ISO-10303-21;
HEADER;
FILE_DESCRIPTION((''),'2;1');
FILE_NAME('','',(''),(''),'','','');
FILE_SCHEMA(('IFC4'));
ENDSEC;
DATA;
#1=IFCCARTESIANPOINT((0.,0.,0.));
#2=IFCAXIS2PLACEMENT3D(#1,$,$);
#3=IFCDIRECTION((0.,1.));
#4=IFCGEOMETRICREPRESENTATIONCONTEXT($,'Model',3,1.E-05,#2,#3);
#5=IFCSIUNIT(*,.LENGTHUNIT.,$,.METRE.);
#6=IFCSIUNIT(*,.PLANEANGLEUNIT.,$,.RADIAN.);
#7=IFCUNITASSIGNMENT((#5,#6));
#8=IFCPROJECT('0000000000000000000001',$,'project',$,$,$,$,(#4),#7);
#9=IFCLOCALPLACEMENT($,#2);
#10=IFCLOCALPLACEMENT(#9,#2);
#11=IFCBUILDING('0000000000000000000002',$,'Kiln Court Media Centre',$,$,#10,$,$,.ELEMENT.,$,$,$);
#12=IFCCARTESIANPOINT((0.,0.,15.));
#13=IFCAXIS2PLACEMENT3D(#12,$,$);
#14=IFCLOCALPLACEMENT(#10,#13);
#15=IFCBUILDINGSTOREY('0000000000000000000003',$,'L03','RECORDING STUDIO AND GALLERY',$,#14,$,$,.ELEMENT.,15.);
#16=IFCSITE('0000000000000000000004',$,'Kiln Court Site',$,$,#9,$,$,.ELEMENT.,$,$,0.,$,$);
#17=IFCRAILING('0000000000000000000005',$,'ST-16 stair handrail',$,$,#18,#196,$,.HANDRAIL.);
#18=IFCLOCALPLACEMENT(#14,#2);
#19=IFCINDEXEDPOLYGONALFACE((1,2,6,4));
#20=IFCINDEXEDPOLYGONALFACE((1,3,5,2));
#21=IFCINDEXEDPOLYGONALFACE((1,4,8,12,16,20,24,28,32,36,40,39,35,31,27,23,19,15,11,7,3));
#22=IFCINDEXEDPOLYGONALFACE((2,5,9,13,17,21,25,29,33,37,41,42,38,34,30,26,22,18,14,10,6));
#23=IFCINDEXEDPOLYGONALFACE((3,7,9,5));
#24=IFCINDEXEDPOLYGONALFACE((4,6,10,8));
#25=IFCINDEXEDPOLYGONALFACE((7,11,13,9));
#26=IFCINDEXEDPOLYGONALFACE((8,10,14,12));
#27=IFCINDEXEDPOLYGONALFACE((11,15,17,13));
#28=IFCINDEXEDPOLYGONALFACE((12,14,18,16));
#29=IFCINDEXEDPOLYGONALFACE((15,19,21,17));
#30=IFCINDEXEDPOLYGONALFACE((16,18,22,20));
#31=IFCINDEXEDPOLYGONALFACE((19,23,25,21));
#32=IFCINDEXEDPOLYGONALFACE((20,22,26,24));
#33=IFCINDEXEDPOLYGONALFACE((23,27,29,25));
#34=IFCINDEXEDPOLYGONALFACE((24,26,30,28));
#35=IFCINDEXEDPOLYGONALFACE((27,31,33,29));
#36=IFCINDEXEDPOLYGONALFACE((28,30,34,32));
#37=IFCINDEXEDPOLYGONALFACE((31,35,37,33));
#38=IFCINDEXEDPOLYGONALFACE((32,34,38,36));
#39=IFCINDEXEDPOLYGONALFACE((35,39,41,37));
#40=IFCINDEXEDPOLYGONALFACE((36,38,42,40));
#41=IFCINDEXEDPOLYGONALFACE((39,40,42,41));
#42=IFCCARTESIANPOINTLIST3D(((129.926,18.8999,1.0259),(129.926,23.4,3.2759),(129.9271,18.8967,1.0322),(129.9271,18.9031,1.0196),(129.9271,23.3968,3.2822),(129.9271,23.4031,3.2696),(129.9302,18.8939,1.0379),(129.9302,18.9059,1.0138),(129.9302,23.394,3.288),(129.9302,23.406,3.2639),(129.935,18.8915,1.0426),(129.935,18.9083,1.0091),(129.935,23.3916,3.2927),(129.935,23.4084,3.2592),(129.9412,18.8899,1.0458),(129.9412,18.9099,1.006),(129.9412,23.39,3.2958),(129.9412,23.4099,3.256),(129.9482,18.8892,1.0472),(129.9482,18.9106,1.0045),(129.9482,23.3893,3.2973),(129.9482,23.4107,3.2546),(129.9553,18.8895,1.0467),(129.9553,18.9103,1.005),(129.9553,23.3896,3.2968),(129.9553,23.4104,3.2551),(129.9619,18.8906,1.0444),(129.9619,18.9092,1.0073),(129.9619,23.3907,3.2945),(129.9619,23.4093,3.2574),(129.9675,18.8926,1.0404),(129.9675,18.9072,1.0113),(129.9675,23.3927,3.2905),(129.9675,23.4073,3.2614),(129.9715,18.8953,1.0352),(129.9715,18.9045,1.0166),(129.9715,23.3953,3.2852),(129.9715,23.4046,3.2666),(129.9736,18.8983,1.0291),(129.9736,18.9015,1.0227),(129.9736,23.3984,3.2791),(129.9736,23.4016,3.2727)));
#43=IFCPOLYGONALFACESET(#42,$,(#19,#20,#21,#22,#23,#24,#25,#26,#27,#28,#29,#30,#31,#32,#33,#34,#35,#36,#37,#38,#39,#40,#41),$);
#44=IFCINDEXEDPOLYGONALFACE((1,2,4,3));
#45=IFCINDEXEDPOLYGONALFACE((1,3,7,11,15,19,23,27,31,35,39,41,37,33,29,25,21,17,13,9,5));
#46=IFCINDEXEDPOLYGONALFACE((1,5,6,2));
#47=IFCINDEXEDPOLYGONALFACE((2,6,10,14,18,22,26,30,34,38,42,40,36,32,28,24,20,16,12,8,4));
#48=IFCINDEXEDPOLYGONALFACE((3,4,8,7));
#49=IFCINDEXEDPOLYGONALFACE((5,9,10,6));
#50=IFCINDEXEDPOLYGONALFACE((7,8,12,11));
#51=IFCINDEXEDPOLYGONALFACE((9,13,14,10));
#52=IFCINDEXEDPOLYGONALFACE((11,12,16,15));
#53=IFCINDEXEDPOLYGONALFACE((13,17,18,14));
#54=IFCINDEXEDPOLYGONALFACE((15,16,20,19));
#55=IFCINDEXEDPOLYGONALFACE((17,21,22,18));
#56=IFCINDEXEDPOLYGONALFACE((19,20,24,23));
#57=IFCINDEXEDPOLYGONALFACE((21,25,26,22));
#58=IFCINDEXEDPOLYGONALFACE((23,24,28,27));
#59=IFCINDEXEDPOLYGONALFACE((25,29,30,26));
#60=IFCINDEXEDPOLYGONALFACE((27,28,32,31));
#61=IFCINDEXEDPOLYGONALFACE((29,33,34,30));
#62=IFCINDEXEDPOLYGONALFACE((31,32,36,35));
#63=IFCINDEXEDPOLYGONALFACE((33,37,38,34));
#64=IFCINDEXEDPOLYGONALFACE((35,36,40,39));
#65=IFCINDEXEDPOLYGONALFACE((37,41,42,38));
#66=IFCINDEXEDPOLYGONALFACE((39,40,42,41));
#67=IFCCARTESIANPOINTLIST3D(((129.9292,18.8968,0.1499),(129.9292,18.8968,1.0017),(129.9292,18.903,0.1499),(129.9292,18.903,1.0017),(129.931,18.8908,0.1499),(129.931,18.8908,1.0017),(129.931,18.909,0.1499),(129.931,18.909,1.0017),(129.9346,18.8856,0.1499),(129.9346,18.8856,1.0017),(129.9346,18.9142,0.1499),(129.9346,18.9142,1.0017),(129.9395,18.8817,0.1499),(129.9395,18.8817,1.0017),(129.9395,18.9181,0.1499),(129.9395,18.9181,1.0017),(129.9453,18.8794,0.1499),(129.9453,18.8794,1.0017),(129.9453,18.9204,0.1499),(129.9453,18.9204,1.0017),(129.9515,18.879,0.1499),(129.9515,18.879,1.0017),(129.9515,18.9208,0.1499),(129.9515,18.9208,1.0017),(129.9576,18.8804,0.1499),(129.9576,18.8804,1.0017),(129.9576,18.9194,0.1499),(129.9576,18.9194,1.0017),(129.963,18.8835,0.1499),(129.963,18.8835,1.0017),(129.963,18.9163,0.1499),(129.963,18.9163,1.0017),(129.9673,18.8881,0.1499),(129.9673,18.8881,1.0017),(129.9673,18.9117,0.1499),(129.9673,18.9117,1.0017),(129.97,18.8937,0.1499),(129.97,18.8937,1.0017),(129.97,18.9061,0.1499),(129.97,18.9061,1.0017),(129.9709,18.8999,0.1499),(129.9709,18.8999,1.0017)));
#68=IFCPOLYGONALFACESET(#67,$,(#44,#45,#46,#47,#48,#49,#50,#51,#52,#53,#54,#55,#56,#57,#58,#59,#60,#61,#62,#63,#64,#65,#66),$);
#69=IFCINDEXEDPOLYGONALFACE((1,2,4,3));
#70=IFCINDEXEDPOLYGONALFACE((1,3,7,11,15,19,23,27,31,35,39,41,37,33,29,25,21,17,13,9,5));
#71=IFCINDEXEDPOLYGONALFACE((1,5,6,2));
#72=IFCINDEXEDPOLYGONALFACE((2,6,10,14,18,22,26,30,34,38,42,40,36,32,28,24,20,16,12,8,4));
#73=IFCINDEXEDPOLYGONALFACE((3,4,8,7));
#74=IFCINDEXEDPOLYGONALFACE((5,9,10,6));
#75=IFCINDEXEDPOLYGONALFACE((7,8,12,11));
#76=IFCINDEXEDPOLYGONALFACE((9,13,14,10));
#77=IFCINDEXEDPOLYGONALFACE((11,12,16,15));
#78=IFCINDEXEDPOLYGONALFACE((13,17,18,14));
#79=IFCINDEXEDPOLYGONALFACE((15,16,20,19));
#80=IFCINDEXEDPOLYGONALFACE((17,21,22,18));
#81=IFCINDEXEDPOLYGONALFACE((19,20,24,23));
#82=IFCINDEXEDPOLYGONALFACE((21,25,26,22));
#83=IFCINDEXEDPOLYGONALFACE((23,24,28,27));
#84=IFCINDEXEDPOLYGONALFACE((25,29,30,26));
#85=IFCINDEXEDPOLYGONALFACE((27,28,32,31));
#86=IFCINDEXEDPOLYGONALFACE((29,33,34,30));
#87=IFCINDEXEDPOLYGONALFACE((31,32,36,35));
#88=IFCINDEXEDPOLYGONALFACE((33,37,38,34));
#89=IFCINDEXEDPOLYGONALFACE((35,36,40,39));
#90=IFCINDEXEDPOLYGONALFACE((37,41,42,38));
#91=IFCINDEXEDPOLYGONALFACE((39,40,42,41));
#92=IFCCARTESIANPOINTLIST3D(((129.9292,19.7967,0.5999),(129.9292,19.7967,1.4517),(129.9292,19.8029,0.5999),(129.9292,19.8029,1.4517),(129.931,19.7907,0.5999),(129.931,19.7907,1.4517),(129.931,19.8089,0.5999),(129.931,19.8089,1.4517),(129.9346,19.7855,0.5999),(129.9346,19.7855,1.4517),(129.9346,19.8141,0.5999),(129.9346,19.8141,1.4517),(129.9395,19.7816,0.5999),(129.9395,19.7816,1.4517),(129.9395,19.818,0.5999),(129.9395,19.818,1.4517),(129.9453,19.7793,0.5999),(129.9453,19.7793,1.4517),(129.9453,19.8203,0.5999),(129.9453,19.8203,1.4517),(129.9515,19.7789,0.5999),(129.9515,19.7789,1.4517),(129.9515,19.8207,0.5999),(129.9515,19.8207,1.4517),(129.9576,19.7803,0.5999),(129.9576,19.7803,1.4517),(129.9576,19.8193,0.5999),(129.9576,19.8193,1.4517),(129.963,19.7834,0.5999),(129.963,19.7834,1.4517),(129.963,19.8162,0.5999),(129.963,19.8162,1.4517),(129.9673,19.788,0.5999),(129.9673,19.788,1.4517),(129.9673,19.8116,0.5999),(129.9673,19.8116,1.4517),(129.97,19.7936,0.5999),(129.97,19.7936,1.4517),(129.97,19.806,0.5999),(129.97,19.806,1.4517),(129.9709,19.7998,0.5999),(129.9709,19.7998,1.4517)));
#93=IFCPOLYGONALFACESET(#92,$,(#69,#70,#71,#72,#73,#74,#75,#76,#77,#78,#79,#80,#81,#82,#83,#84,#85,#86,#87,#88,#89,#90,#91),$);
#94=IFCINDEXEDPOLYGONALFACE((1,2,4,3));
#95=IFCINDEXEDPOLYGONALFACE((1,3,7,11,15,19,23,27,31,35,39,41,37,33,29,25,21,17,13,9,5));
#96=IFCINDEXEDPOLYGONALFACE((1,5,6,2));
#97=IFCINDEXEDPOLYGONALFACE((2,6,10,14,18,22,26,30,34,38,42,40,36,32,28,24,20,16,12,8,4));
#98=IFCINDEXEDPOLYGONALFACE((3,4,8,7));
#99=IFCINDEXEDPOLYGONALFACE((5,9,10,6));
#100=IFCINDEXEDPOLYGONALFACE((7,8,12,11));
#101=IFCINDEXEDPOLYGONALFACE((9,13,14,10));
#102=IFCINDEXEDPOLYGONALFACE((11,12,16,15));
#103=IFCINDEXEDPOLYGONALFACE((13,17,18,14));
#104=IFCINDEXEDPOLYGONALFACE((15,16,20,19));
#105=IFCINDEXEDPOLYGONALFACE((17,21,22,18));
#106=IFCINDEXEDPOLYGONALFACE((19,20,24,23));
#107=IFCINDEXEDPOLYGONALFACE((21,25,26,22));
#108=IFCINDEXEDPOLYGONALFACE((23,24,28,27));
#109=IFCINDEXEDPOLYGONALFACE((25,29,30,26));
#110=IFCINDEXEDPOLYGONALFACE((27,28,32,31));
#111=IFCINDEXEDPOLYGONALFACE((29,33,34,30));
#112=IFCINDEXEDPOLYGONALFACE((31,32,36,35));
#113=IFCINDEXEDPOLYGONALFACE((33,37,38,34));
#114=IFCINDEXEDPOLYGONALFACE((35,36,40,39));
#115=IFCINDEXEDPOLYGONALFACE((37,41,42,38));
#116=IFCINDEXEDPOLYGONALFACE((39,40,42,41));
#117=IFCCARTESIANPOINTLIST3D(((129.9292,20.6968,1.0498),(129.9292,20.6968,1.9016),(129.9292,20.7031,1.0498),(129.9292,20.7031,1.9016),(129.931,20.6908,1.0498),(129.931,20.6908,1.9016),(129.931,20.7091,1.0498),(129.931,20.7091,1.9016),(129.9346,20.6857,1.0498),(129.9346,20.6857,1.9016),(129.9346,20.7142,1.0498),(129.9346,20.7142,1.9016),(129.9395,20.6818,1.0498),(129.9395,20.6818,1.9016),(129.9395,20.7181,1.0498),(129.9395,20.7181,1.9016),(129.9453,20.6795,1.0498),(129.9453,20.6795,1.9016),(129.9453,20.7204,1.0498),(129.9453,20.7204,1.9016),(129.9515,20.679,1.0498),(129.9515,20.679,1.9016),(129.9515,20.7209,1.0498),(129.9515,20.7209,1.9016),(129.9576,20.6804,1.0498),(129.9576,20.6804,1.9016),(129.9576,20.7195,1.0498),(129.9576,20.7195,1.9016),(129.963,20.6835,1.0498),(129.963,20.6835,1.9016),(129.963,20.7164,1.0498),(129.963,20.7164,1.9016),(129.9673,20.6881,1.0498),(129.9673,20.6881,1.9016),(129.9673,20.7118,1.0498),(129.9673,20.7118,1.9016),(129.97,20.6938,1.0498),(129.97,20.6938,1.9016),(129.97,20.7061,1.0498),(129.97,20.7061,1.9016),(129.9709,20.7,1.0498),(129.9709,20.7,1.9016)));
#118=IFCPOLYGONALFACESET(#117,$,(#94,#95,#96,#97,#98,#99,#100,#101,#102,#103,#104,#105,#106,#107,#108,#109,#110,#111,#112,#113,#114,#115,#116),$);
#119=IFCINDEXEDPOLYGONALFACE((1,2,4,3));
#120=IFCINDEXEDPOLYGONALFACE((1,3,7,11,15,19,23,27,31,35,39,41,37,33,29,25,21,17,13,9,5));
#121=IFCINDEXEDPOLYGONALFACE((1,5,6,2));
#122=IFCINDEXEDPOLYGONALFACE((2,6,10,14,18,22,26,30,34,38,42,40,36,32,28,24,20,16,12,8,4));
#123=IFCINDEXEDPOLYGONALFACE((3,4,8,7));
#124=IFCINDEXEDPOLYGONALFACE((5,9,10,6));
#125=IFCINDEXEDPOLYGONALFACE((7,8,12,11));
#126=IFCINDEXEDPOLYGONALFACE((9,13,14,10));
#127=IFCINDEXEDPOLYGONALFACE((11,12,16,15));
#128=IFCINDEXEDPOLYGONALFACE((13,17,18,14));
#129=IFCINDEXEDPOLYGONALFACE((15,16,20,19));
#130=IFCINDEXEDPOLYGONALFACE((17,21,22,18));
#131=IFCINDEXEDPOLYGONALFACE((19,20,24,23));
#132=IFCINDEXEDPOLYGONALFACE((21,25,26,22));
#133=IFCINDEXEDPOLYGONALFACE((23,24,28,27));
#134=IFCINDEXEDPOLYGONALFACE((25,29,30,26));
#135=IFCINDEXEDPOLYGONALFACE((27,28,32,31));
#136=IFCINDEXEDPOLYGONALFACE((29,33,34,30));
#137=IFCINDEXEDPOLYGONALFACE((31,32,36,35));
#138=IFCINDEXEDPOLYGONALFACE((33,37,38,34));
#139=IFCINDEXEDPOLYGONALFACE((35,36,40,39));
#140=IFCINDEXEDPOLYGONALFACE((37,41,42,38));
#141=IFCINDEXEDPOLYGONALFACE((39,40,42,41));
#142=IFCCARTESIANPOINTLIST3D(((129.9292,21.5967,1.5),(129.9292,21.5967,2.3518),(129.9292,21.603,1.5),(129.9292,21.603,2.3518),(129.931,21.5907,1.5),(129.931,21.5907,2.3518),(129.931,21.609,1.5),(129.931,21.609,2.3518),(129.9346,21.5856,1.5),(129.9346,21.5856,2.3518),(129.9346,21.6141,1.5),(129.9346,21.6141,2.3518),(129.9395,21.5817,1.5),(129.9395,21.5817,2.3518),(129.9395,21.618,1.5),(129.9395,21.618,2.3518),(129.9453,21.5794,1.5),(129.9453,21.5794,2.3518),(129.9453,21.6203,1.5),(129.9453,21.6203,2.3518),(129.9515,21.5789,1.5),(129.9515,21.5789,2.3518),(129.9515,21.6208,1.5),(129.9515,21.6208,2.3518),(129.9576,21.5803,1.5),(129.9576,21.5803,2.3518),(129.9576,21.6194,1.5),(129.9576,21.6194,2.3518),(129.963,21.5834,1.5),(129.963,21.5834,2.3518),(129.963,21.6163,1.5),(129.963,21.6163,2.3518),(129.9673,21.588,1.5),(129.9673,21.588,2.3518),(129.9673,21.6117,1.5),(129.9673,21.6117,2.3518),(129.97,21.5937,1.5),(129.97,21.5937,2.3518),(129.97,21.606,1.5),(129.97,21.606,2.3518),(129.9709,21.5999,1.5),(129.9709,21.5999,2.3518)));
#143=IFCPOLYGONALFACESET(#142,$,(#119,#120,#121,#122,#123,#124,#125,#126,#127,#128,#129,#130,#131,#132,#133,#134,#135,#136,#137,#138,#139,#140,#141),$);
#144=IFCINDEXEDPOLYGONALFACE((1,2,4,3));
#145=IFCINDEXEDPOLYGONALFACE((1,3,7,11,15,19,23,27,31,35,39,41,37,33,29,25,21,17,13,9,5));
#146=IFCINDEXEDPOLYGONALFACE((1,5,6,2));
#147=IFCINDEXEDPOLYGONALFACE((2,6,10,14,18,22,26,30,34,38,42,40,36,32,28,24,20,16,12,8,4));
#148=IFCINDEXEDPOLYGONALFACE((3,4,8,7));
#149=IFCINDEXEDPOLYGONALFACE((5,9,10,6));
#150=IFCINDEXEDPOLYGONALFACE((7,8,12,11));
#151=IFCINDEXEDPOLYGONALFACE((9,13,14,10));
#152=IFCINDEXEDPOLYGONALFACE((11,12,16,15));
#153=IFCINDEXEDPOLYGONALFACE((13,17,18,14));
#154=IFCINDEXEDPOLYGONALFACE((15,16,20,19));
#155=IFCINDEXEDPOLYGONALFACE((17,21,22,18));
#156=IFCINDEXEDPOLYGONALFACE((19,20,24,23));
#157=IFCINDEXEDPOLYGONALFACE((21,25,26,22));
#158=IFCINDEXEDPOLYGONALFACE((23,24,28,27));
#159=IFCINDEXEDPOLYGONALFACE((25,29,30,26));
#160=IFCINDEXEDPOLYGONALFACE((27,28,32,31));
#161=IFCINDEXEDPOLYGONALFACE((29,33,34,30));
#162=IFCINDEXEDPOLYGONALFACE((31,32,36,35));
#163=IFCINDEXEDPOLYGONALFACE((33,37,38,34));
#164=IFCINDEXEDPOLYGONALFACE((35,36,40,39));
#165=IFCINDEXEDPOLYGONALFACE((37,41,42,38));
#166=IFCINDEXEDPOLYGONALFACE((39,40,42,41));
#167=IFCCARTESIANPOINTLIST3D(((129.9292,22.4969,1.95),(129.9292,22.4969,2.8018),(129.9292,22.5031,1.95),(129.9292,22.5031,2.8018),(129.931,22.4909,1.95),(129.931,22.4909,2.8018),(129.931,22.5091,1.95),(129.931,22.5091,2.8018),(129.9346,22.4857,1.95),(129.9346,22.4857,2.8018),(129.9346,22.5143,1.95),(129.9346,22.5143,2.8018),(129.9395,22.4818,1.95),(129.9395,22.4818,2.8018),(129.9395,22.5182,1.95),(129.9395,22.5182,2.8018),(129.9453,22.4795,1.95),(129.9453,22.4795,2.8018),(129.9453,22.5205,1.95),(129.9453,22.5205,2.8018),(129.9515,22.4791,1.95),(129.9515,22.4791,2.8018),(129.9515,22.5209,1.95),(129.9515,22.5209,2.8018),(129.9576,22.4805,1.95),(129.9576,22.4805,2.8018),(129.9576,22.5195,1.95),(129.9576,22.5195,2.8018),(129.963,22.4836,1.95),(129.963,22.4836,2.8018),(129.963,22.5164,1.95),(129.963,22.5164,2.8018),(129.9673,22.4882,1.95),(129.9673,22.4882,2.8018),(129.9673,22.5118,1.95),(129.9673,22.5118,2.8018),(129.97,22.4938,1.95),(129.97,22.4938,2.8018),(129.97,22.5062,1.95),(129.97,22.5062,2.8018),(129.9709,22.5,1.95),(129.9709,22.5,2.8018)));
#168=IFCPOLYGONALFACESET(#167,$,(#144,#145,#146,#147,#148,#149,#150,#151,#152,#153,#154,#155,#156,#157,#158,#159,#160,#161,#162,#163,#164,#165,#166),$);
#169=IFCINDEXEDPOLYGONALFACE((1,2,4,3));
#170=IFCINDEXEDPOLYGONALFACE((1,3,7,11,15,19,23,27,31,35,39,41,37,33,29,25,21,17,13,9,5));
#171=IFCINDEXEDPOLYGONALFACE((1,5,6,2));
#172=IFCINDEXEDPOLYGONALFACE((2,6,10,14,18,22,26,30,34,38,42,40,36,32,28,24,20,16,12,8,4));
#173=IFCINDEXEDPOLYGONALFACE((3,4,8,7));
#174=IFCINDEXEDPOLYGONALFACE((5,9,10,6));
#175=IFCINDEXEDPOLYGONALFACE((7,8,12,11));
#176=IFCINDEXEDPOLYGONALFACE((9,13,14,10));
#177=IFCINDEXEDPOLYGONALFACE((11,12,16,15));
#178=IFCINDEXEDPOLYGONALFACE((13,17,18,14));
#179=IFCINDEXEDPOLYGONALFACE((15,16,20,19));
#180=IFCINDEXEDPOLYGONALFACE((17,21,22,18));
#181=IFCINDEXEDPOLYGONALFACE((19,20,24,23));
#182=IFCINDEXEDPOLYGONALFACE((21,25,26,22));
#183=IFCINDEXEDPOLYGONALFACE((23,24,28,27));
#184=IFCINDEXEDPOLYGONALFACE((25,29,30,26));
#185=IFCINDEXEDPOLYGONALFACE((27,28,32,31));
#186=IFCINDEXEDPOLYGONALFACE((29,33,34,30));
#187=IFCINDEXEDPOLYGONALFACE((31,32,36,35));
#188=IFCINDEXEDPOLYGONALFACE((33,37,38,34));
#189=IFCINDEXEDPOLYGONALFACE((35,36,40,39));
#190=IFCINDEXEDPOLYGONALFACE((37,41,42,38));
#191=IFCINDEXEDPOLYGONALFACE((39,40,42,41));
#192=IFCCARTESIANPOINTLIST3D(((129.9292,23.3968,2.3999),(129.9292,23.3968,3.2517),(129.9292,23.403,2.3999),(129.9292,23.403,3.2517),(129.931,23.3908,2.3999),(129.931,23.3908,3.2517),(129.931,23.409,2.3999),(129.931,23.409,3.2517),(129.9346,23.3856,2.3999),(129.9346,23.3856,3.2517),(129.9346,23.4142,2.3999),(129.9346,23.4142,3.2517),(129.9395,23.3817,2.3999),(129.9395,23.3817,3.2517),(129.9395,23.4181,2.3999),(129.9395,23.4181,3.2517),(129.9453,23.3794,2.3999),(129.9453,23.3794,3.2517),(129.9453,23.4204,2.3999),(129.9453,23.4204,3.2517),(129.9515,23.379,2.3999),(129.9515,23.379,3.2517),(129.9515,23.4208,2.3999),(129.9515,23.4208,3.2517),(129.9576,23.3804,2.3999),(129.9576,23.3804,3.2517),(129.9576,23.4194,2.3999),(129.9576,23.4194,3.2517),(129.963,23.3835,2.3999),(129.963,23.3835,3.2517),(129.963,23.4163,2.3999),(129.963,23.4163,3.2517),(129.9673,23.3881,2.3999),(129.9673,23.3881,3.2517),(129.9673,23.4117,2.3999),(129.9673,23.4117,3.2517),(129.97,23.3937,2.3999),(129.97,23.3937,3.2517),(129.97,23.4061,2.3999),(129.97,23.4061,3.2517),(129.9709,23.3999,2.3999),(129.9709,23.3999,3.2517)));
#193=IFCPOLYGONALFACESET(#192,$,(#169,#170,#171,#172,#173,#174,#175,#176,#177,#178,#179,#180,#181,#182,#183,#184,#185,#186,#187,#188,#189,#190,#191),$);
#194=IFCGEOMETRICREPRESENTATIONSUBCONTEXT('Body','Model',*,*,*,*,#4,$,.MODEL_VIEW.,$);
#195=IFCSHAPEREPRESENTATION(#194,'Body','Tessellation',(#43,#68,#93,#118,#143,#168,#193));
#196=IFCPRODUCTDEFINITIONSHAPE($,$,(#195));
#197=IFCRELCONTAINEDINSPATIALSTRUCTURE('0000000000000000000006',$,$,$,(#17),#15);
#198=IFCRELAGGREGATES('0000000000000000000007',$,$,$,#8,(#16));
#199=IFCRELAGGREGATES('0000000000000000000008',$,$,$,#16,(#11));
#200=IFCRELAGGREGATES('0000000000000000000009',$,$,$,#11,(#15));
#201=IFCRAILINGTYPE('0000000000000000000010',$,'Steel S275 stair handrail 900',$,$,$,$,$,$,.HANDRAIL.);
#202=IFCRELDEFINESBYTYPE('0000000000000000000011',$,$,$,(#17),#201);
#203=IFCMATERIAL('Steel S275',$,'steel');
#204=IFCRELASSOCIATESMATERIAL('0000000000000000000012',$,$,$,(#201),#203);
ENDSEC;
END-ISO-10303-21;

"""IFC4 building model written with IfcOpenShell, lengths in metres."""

from ifc_helpers import new_model, si_unit, direction, frame, origin, origin_2d, place, context, subcontext, project, spatial, circle, extrude, material, type_object, element, save


model = new_model("IFC4")

# Units and contexts
model_context = context("Model", 3, precision=1e-05, world=origin(), true_north=direction((0.0, 1.0)))
body_context = subcontext(model_context, "Body", "Model", "MODEL_VIEW")
ifc_project = project(units=[si_unit("LENGTHUNIT", "METRE"), si_unit("PLANEANGLEUNIT", "RADIAN")], contexts=[model_context])

# Site, building, storey
site_placement = place(None, origin())
site = spatial("IfcSite", under=ifc_project, at=site_placement, Name="Kiln Court Site", CompositionType="ELEMENT", RefElevation=0.0)
building_placement = place(site_placement, origin())
building = spatial("IfcBuilding", under=site, at=building_placement, Name="Kiln Court Media Centre", CompositionType="ELEMENT")
storey_placement = place(building_placement, frame((0.0, 0.0, 15.0)))
storey = spatial("IfcBuildingStorey", under=building, at=storey_placement, Name="L03", Description="RECORDING STUDIO AND GALLERY", CompositionType="ELEMENT", Elevation=15.0)

# Railing
ifc_material_1 = material(Name="Steel S275", Category="steel")
railing_type_1 = type_object("IfcRailingType", Name="Steel S275 stair handrail 900", PredefinedType="HANDRAIL", material=ifc_material_1)
railing_1_placement = place(storey_placement, frame((129.95, 18.8999, 0.1499)))
element("IfcRailing", 1, at=railing_1_placement, inside=storey, type_object=railing_type_1, Name="ST-16 stair handrail", PredefinedType="HANDRAIL", context=body_context, shape_type="SweptSolid", body=[
    extrude(circle(Radius=0.0239, at=origin_2d()), frame((0.0, 0.0, 0.876), z_axis=(0.0, 0.894427, 0.447214), x_axis=(-1.0, 0.0, 0.0)), (0.0, 0.0, 1.0), 5.0312),
    extrude(circle(Radius=0.021, at=origin_2d()), origin(), (0.0, 0.0, 1.0), 0.8518),
    extrude(circle(Radius=0.021, at=origin_2d()), frame((0.0, 0.8999, 0.45)), (0.0, 0.0, 1.0), 0.8518),
    extrude(circle(Radius=0.021, at=origin_2d()), frame((0.0, 1.8, 0.8999)), (0.0, 0.0, 1.0), 0.8518),
    extrude(circle(Radius=0.021, at=origin_2d()), frame((0.0, 2.7, 1.3501)), (0.0, 0.0, 1.0), 0.8518),
    extrude(circle(Radius=0.021, at=origin_2d()), frame((0.0, 3.6001, 1.8)), (0.0, 0.0, 1.0), 0.8518),
    extrude(circle(Radius=0.021, at=origin_2d()), frame((0.0, 4.5, 2.25)), (0.0, 0.0, 1.0), 0.8518),
])

save(model, "model.ifc")
